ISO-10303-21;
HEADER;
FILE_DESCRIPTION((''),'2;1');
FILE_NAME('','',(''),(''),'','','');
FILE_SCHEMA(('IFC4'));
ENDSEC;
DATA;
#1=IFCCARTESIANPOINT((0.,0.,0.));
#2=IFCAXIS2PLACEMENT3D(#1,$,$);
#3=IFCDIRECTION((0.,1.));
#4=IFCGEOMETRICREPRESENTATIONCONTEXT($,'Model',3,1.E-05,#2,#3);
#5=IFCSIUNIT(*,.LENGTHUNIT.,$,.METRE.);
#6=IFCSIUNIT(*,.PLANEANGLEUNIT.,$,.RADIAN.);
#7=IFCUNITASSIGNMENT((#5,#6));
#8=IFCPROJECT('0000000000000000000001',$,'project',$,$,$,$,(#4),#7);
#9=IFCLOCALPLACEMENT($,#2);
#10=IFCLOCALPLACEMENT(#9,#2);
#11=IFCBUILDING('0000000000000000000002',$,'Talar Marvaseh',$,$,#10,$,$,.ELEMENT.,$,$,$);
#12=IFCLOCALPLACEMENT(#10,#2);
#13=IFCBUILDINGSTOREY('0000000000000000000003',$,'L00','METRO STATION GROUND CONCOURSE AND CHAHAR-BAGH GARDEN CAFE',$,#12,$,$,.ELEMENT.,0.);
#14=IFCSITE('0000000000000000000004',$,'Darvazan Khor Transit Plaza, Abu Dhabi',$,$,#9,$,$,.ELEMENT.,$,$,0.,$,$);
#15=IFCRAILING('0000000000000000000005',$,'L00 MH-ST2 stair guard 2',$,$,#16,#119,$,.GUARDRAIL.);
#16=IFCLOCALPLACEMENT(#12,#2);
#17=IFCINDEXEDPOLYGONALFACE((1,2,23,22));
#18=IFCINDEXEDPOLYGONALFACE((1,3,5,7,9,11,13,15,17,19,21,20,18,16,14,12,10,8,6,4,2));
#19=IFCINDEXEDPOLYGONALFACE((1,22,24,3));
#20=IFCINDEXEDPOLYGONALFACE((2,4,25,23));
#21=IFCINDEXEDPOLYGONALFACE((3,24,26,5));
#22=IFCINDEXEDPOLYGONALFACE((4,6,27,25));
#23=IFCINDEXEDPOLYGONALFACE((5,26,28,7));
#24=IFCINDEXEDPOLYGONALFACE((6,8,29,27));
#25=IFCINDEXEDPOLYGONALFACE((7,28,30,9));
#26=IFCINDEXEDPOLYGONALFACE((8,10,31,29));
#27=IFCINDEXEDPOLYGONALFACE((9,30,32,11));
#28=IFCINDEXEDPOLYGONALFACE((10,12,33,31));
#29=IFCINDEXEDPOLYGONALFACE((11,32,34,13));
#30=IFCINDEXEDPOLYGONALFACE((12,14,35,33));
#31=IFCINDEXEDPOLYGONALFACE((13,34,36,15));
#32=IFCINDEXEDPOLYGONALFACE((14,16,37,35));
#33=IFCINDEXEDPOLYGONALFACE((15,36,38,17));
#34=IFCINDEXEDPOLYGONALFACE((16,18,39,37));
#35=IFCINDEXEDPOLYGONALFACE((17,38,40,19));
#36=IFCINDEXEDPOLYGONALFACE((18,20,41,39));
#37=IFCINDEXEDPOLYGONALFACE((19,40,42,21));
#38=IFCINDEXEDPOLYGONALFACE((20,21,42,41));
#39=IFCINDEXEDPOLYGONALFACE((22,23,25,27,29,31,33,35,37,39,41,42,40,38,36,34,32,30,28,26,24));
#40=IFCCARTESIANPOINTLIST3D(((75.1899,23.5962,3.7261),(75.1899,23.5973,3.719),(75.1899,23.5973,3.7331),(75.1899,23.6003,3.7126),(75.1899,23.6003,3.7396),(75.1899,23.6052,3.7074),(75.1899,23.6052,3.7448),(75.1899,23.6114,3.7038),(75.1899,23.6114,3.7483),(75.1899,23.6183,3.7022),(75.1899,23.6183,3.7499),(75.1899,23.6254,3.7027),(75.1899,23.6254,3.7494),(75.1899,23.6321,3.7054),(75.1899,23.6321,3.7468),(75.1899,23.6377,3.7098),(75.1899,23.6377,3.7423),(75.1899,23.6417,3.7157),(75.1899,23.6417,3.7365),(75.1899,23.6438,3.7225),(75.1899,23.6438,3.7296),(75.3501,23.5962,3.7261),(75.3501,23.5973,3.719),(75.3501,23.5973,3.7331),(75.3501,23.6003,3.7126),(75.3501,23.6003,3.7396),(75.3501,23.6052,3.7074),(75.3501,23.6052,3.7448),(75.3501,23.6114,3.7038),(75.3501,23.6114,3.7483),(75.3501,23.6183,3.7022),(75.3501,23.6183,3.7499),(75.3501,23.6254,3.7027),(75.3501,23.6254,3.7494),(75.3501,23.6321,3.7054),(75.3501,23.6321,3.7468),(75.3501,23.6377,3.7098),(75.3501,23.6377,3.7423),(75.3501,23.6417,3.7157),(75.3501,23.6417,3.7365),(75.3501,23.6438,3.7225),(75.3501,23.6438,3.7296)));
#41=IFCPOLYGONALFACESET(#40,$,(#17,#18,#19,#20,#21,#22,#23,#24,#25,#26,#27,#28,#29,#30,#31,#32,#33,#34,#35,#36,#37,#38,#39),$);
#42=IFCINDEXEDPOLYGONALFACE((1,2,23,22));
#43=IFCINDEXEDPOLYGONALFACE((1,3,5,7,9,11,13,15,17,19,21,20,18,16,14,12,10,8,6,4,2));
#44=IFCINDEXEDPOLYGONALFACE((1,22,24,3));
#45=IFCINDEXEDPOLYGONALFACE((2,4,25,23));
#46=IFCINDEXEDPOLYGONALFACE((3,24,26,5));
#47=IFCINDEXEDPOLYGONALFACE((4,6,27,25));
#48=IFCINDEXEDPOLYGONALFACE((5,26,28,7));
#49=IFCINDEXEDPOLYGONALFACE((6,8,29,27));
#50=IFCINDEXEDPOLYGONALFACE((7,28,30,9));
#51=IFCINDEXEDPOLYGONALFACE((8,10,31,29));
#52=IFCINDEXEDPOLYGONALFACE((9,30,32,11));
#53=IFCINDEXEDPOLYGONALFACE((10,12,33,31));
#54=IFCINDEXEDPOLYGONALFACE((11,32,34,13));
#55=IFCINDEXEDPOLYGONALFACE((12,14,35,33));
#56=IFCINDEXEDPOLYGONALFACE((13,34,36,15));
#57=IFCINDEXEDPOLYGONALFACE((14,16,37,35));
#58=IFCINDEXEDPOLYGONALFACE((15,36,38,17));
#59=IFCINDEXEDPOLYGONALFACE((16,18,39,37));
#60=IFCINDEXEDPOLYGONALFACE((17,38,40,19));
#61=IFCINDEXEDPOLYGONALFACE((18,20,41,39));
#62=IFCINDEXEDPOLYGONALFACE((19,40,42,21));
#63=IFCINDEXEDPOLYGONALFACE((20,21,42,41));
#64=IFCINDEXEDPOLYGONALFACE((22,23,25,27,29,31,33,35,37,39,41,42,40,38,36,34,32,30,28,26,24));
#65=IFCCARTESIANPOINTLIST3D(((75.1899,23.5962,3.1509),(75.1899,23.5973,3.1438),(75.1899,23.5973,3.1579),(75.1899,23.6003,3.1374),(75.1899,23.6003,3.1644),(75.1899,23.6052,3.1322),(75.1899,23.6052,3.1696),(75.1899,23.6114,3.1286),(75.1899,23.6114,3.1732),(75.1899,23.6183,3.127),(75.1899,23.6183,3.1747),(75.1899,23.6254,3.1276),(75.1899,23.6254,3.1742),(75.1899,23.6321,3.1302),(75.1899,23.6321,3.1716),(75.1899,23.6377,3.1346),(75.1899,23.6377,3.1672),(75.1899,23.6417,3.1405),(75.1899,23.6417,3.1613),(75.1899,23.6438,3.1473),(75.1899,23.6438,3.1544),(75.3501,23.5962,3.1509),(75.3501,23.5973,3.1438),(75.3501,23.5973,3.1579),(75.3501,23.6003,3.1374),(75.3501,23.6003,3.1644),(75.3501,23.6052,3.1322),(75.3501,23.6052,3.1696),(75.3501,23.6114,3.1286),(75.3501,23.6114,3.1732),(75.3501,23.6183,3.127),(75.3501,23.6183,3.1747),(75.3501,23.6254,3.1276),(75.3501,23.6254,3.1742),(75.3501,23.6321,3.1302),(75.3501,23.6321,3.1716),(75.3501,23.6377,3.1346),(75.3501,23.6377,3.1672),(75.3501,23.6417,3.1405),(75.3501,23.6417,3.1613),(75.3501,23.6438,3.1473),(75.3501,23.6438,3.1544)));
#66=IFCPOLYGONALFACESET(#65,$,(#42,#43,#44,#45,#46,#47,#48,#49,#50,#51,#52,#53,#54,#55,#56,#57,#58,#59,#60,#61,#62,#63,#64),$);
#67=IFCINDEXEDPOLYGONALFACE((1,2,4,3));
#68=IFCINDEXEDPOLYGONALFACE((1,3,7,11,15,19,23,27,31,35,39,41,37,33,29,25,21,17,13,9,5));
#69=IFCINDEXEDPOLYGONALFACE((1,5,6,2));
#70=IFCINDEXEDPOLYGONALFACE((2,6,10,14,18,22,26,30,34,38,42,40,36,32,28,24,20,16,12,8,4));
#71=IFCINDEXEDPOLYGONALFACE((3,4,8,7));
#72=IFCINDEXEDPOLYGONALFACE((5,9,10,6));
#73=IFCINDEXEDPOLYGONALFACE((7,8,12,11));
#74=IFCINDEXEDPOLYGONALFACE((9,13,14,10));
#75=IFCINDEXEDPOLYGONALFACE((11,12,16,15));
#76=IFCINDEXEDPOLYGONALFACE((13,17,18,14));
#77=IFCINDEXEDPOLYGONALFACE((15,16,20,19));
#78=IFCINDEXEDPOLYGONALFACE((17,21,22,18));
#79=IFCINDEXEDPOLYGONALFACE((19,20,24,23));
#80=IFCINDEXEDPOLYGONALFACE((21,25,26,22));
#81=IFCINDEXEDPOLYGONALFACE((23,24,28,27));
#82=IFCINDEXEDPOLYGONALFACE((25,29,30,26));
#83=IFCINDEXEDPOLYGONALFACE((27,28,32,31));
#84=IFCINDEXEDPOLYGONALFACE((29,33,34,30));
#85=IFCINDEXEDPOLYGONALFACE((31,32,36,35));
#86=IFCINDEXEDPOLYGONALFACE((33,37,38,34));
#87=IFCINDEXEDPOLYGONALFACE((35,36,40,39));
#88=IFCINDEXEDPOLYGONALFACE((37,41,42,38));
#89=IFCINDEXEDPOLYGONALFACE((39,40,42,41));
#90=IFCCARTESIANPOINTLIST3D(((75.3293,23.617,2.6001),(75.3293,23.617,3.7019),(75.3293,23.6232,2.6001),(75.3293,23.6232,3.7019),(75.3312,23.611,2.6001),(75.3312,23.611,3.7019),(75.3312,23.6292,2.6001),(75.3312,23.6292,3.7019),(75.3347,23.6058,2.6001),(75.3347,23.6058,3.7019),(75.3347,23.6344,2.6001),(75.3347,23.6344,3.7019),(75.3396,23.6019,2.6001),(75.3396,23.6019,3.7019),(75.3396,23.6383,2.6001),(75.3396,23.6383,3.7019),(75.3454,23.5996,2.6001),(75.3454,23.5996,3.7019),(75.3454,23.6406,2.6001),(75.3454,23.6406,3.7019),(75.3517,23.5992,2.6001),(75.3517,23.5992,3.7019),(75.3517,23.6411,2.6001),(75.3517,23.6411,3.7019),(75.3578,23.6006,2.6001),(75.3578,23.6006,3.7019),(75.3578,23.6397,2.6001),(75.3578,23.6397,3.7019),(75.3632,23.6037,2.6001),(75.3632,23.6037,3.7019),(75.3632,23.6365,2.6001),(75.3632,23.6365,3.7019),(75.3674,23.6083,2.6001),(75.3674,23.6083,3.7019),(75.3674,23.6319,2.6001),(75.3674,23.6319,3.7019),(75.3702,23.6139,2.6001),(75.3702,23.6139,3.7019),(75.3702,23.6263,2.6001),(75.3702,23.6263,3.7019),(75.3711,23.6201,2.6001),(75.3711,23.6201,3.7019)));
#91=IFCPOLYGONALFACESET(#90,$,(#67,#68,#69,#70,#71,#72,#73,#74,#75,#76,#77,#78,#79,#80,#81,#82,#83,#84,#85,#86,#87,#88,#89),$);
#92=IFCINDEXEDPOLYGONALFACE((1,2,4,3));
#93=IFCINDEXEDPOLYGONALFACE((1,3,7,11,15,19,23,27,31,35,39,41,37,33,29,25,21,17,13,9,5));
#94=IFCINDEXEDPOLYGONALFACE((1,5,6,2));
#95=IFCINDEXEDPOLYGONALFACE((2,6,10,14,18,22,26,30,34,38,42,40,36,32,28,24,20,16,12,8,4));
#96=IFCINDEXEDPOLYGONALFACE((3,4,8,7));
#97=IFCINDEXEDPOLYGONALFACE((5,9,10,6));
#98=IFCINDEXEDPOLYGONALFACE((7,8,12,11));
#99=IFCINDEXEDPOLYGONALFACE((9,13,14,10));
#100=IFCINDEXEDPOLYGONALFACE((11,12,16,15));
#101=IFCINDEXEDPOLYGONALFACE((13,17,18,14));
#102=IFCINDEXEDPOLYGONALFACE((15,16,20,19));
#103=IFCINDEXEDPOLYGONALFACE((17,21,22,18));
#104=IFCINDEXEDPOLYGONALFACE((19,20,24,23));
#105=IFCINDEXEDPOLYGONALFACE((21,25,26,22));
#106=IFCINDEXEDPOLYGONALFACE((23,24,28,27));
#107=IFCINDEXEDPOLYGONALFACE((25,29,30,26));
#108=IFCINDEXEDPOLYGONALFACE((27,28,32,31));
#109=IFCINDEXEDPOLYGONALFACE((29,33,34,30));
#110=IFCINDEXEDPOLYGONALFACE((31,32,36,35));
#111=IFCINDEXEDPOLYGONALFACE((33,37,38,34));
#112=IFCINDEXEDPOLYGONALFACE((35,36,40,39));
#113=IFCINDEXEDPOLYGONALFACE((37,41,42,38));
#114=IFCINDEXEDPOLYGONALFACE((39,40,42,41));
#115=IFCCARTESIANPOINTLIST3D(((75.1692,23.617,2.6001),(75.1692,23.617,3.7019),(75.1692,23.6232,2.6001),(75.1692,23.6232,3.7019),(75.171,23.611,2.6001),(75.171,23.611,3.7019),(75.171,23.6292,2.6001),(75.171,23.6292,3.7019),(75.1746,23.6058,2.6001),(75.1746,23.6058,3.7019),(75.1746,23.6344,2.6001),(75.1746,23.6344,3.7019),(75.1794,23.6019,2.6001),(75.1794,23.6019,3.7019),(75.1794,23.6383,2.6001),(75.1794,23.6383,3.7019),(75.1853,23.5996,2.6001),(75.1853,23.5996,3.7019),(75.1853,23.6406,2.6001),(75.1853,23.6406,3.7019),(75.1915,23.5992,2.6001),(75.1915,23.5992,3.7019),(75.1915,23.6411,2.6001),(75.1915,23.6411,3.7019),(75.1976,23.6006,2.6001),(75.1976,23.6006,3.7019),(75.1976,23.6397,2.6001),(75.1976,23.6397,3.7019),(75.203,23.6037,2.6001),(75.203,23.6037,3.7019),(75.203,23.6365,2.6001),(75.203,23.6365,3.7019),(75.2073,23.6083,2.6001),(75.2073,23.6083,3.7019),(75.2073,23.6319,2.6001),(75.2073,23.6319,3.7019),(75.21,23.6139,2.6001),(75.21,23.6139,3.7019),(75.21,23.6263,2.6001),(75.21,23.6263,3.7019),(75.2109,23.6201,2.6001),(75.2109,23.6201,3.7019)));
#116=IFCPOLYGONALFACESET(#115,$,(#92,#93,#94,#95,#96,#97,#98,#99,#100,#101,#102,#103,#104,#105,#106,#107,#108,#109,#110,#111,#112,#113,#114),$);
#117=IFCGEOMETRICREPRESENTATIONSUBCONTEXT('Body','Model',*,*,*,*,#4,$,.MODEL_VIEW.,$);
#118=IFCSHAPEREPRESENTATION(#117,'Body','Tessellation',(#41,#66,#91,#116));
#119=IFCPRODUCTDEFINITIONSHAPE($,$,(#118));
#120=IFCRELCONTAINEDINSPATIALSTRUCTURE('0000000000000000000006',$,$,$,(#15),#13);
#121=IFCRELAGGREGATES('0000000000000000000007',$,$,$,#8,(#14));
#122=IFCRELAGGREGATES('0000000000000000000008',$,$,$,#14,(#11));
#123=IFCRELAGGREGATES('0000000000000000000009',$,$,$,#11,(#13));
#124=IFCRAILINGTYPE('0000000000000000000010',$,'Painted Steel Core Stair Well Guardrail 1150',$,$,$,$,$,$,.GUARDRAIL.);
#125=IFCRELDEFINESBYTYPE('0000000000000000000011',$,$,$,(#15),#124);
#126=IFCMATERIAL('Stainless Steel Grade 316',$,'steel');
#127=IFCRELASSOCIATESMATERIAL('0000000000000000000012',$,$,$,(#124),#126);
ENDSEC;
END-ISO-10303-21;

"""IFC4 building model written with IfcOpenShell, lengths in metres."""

from ifc_helpers import new_model, si_unit, direction, frame, origin, origin_2d, place, context, subcontext, project, spatial, circle, extrude, material, type_object, element, save


model = new_model("IFC4")

# Units and contexts
model_context = context("Model", 3, precision=1e-05, world=origin(), true_north=direction((0.0, 1.0)))
body_context = subcontext(model_context, "Body", "Model", "MODEL_VIEW")
ifc_project = project(units=[si_unit("LENGTHUNIT", "METRE"), si_unit("PLANEANGLEUNIT", "RADIAN")], contexts=[model_context])

# Site, building, storey
site_placement = place(None, origin())
site = spatial("IfcSite", under=ifc_project, at=site_placement, Name="Darvazan Khor Transit Plaza, Abu Dhabi", CompositionType="ELEMENT", RefElevation=0.0)
building_placement = place(site_placement, origin())
building = spatial("IfcBuilding", under=site, at=building_placement, Name="Talar Marvaseh", CompositionType="ELEMENT")
storey_placement = place(building_placement, origin())
storey = spatial("IfcBuildingStorey", under=building, at=storey_placement, Name="L00", Description="METRO STATION GROUND CONCOURSE AND CHAHAR-BAGH GARDEN CAFE", CompositionType="ELEMENT", Elevation=0.0)

# Railing
ifc_material_1 = material(Name="Stainless Steel Grade 316", Category="steel")
railing_type_1 = type_object("IfcRailingType", Name="Painted Steel Core Stair Well Guardrail 1150", PredefinedType="GUARDRAIL", material=ifc_material_1)
railing_1_placement = place(storey_placement, frame((75.3501, 23.6201, 2.6001)))
element("IfcRailing", 1, at=railing_1_placement, inside=storey, type_object=railing_type_1, Name="L00 MH-ST2 stair guard 2", PredefinedType="GUARDRAIL", context=body_context, shape_type="SweptSolid", body=[
    extrude(circle(Radius=0.0239, at=origin_2d()), frame((0.0, 0.0, 1.126), z_axis=(-1.0, 0.0, 0.0), x_axis=(0.0, -1.0, 0.0)), (0.0, 0.0, 1.0), 0.1602),
    extrude(circle(Radius=0.0239, at=origin_2d()), frame((0.0, 0.0, 0.5508), z_axis=(-1.0, 0.0, 0.0), x_axis=(0.0, -1.0, 0.0)), (0.0, 0.0, 1.0), 0.1602),
    extrude(circle(Radius=0.021, at=origin_2d()), origin(), (0.0, 0.0, 1.0), 1.1018),
    extrude(circle(Radius=0.021, at=origin_2d()), frame((-0.1602, 0.0, 0.0)), (0.0, 0.0, 1.0), 1.1018),
])

save(model, "model.ifc")
